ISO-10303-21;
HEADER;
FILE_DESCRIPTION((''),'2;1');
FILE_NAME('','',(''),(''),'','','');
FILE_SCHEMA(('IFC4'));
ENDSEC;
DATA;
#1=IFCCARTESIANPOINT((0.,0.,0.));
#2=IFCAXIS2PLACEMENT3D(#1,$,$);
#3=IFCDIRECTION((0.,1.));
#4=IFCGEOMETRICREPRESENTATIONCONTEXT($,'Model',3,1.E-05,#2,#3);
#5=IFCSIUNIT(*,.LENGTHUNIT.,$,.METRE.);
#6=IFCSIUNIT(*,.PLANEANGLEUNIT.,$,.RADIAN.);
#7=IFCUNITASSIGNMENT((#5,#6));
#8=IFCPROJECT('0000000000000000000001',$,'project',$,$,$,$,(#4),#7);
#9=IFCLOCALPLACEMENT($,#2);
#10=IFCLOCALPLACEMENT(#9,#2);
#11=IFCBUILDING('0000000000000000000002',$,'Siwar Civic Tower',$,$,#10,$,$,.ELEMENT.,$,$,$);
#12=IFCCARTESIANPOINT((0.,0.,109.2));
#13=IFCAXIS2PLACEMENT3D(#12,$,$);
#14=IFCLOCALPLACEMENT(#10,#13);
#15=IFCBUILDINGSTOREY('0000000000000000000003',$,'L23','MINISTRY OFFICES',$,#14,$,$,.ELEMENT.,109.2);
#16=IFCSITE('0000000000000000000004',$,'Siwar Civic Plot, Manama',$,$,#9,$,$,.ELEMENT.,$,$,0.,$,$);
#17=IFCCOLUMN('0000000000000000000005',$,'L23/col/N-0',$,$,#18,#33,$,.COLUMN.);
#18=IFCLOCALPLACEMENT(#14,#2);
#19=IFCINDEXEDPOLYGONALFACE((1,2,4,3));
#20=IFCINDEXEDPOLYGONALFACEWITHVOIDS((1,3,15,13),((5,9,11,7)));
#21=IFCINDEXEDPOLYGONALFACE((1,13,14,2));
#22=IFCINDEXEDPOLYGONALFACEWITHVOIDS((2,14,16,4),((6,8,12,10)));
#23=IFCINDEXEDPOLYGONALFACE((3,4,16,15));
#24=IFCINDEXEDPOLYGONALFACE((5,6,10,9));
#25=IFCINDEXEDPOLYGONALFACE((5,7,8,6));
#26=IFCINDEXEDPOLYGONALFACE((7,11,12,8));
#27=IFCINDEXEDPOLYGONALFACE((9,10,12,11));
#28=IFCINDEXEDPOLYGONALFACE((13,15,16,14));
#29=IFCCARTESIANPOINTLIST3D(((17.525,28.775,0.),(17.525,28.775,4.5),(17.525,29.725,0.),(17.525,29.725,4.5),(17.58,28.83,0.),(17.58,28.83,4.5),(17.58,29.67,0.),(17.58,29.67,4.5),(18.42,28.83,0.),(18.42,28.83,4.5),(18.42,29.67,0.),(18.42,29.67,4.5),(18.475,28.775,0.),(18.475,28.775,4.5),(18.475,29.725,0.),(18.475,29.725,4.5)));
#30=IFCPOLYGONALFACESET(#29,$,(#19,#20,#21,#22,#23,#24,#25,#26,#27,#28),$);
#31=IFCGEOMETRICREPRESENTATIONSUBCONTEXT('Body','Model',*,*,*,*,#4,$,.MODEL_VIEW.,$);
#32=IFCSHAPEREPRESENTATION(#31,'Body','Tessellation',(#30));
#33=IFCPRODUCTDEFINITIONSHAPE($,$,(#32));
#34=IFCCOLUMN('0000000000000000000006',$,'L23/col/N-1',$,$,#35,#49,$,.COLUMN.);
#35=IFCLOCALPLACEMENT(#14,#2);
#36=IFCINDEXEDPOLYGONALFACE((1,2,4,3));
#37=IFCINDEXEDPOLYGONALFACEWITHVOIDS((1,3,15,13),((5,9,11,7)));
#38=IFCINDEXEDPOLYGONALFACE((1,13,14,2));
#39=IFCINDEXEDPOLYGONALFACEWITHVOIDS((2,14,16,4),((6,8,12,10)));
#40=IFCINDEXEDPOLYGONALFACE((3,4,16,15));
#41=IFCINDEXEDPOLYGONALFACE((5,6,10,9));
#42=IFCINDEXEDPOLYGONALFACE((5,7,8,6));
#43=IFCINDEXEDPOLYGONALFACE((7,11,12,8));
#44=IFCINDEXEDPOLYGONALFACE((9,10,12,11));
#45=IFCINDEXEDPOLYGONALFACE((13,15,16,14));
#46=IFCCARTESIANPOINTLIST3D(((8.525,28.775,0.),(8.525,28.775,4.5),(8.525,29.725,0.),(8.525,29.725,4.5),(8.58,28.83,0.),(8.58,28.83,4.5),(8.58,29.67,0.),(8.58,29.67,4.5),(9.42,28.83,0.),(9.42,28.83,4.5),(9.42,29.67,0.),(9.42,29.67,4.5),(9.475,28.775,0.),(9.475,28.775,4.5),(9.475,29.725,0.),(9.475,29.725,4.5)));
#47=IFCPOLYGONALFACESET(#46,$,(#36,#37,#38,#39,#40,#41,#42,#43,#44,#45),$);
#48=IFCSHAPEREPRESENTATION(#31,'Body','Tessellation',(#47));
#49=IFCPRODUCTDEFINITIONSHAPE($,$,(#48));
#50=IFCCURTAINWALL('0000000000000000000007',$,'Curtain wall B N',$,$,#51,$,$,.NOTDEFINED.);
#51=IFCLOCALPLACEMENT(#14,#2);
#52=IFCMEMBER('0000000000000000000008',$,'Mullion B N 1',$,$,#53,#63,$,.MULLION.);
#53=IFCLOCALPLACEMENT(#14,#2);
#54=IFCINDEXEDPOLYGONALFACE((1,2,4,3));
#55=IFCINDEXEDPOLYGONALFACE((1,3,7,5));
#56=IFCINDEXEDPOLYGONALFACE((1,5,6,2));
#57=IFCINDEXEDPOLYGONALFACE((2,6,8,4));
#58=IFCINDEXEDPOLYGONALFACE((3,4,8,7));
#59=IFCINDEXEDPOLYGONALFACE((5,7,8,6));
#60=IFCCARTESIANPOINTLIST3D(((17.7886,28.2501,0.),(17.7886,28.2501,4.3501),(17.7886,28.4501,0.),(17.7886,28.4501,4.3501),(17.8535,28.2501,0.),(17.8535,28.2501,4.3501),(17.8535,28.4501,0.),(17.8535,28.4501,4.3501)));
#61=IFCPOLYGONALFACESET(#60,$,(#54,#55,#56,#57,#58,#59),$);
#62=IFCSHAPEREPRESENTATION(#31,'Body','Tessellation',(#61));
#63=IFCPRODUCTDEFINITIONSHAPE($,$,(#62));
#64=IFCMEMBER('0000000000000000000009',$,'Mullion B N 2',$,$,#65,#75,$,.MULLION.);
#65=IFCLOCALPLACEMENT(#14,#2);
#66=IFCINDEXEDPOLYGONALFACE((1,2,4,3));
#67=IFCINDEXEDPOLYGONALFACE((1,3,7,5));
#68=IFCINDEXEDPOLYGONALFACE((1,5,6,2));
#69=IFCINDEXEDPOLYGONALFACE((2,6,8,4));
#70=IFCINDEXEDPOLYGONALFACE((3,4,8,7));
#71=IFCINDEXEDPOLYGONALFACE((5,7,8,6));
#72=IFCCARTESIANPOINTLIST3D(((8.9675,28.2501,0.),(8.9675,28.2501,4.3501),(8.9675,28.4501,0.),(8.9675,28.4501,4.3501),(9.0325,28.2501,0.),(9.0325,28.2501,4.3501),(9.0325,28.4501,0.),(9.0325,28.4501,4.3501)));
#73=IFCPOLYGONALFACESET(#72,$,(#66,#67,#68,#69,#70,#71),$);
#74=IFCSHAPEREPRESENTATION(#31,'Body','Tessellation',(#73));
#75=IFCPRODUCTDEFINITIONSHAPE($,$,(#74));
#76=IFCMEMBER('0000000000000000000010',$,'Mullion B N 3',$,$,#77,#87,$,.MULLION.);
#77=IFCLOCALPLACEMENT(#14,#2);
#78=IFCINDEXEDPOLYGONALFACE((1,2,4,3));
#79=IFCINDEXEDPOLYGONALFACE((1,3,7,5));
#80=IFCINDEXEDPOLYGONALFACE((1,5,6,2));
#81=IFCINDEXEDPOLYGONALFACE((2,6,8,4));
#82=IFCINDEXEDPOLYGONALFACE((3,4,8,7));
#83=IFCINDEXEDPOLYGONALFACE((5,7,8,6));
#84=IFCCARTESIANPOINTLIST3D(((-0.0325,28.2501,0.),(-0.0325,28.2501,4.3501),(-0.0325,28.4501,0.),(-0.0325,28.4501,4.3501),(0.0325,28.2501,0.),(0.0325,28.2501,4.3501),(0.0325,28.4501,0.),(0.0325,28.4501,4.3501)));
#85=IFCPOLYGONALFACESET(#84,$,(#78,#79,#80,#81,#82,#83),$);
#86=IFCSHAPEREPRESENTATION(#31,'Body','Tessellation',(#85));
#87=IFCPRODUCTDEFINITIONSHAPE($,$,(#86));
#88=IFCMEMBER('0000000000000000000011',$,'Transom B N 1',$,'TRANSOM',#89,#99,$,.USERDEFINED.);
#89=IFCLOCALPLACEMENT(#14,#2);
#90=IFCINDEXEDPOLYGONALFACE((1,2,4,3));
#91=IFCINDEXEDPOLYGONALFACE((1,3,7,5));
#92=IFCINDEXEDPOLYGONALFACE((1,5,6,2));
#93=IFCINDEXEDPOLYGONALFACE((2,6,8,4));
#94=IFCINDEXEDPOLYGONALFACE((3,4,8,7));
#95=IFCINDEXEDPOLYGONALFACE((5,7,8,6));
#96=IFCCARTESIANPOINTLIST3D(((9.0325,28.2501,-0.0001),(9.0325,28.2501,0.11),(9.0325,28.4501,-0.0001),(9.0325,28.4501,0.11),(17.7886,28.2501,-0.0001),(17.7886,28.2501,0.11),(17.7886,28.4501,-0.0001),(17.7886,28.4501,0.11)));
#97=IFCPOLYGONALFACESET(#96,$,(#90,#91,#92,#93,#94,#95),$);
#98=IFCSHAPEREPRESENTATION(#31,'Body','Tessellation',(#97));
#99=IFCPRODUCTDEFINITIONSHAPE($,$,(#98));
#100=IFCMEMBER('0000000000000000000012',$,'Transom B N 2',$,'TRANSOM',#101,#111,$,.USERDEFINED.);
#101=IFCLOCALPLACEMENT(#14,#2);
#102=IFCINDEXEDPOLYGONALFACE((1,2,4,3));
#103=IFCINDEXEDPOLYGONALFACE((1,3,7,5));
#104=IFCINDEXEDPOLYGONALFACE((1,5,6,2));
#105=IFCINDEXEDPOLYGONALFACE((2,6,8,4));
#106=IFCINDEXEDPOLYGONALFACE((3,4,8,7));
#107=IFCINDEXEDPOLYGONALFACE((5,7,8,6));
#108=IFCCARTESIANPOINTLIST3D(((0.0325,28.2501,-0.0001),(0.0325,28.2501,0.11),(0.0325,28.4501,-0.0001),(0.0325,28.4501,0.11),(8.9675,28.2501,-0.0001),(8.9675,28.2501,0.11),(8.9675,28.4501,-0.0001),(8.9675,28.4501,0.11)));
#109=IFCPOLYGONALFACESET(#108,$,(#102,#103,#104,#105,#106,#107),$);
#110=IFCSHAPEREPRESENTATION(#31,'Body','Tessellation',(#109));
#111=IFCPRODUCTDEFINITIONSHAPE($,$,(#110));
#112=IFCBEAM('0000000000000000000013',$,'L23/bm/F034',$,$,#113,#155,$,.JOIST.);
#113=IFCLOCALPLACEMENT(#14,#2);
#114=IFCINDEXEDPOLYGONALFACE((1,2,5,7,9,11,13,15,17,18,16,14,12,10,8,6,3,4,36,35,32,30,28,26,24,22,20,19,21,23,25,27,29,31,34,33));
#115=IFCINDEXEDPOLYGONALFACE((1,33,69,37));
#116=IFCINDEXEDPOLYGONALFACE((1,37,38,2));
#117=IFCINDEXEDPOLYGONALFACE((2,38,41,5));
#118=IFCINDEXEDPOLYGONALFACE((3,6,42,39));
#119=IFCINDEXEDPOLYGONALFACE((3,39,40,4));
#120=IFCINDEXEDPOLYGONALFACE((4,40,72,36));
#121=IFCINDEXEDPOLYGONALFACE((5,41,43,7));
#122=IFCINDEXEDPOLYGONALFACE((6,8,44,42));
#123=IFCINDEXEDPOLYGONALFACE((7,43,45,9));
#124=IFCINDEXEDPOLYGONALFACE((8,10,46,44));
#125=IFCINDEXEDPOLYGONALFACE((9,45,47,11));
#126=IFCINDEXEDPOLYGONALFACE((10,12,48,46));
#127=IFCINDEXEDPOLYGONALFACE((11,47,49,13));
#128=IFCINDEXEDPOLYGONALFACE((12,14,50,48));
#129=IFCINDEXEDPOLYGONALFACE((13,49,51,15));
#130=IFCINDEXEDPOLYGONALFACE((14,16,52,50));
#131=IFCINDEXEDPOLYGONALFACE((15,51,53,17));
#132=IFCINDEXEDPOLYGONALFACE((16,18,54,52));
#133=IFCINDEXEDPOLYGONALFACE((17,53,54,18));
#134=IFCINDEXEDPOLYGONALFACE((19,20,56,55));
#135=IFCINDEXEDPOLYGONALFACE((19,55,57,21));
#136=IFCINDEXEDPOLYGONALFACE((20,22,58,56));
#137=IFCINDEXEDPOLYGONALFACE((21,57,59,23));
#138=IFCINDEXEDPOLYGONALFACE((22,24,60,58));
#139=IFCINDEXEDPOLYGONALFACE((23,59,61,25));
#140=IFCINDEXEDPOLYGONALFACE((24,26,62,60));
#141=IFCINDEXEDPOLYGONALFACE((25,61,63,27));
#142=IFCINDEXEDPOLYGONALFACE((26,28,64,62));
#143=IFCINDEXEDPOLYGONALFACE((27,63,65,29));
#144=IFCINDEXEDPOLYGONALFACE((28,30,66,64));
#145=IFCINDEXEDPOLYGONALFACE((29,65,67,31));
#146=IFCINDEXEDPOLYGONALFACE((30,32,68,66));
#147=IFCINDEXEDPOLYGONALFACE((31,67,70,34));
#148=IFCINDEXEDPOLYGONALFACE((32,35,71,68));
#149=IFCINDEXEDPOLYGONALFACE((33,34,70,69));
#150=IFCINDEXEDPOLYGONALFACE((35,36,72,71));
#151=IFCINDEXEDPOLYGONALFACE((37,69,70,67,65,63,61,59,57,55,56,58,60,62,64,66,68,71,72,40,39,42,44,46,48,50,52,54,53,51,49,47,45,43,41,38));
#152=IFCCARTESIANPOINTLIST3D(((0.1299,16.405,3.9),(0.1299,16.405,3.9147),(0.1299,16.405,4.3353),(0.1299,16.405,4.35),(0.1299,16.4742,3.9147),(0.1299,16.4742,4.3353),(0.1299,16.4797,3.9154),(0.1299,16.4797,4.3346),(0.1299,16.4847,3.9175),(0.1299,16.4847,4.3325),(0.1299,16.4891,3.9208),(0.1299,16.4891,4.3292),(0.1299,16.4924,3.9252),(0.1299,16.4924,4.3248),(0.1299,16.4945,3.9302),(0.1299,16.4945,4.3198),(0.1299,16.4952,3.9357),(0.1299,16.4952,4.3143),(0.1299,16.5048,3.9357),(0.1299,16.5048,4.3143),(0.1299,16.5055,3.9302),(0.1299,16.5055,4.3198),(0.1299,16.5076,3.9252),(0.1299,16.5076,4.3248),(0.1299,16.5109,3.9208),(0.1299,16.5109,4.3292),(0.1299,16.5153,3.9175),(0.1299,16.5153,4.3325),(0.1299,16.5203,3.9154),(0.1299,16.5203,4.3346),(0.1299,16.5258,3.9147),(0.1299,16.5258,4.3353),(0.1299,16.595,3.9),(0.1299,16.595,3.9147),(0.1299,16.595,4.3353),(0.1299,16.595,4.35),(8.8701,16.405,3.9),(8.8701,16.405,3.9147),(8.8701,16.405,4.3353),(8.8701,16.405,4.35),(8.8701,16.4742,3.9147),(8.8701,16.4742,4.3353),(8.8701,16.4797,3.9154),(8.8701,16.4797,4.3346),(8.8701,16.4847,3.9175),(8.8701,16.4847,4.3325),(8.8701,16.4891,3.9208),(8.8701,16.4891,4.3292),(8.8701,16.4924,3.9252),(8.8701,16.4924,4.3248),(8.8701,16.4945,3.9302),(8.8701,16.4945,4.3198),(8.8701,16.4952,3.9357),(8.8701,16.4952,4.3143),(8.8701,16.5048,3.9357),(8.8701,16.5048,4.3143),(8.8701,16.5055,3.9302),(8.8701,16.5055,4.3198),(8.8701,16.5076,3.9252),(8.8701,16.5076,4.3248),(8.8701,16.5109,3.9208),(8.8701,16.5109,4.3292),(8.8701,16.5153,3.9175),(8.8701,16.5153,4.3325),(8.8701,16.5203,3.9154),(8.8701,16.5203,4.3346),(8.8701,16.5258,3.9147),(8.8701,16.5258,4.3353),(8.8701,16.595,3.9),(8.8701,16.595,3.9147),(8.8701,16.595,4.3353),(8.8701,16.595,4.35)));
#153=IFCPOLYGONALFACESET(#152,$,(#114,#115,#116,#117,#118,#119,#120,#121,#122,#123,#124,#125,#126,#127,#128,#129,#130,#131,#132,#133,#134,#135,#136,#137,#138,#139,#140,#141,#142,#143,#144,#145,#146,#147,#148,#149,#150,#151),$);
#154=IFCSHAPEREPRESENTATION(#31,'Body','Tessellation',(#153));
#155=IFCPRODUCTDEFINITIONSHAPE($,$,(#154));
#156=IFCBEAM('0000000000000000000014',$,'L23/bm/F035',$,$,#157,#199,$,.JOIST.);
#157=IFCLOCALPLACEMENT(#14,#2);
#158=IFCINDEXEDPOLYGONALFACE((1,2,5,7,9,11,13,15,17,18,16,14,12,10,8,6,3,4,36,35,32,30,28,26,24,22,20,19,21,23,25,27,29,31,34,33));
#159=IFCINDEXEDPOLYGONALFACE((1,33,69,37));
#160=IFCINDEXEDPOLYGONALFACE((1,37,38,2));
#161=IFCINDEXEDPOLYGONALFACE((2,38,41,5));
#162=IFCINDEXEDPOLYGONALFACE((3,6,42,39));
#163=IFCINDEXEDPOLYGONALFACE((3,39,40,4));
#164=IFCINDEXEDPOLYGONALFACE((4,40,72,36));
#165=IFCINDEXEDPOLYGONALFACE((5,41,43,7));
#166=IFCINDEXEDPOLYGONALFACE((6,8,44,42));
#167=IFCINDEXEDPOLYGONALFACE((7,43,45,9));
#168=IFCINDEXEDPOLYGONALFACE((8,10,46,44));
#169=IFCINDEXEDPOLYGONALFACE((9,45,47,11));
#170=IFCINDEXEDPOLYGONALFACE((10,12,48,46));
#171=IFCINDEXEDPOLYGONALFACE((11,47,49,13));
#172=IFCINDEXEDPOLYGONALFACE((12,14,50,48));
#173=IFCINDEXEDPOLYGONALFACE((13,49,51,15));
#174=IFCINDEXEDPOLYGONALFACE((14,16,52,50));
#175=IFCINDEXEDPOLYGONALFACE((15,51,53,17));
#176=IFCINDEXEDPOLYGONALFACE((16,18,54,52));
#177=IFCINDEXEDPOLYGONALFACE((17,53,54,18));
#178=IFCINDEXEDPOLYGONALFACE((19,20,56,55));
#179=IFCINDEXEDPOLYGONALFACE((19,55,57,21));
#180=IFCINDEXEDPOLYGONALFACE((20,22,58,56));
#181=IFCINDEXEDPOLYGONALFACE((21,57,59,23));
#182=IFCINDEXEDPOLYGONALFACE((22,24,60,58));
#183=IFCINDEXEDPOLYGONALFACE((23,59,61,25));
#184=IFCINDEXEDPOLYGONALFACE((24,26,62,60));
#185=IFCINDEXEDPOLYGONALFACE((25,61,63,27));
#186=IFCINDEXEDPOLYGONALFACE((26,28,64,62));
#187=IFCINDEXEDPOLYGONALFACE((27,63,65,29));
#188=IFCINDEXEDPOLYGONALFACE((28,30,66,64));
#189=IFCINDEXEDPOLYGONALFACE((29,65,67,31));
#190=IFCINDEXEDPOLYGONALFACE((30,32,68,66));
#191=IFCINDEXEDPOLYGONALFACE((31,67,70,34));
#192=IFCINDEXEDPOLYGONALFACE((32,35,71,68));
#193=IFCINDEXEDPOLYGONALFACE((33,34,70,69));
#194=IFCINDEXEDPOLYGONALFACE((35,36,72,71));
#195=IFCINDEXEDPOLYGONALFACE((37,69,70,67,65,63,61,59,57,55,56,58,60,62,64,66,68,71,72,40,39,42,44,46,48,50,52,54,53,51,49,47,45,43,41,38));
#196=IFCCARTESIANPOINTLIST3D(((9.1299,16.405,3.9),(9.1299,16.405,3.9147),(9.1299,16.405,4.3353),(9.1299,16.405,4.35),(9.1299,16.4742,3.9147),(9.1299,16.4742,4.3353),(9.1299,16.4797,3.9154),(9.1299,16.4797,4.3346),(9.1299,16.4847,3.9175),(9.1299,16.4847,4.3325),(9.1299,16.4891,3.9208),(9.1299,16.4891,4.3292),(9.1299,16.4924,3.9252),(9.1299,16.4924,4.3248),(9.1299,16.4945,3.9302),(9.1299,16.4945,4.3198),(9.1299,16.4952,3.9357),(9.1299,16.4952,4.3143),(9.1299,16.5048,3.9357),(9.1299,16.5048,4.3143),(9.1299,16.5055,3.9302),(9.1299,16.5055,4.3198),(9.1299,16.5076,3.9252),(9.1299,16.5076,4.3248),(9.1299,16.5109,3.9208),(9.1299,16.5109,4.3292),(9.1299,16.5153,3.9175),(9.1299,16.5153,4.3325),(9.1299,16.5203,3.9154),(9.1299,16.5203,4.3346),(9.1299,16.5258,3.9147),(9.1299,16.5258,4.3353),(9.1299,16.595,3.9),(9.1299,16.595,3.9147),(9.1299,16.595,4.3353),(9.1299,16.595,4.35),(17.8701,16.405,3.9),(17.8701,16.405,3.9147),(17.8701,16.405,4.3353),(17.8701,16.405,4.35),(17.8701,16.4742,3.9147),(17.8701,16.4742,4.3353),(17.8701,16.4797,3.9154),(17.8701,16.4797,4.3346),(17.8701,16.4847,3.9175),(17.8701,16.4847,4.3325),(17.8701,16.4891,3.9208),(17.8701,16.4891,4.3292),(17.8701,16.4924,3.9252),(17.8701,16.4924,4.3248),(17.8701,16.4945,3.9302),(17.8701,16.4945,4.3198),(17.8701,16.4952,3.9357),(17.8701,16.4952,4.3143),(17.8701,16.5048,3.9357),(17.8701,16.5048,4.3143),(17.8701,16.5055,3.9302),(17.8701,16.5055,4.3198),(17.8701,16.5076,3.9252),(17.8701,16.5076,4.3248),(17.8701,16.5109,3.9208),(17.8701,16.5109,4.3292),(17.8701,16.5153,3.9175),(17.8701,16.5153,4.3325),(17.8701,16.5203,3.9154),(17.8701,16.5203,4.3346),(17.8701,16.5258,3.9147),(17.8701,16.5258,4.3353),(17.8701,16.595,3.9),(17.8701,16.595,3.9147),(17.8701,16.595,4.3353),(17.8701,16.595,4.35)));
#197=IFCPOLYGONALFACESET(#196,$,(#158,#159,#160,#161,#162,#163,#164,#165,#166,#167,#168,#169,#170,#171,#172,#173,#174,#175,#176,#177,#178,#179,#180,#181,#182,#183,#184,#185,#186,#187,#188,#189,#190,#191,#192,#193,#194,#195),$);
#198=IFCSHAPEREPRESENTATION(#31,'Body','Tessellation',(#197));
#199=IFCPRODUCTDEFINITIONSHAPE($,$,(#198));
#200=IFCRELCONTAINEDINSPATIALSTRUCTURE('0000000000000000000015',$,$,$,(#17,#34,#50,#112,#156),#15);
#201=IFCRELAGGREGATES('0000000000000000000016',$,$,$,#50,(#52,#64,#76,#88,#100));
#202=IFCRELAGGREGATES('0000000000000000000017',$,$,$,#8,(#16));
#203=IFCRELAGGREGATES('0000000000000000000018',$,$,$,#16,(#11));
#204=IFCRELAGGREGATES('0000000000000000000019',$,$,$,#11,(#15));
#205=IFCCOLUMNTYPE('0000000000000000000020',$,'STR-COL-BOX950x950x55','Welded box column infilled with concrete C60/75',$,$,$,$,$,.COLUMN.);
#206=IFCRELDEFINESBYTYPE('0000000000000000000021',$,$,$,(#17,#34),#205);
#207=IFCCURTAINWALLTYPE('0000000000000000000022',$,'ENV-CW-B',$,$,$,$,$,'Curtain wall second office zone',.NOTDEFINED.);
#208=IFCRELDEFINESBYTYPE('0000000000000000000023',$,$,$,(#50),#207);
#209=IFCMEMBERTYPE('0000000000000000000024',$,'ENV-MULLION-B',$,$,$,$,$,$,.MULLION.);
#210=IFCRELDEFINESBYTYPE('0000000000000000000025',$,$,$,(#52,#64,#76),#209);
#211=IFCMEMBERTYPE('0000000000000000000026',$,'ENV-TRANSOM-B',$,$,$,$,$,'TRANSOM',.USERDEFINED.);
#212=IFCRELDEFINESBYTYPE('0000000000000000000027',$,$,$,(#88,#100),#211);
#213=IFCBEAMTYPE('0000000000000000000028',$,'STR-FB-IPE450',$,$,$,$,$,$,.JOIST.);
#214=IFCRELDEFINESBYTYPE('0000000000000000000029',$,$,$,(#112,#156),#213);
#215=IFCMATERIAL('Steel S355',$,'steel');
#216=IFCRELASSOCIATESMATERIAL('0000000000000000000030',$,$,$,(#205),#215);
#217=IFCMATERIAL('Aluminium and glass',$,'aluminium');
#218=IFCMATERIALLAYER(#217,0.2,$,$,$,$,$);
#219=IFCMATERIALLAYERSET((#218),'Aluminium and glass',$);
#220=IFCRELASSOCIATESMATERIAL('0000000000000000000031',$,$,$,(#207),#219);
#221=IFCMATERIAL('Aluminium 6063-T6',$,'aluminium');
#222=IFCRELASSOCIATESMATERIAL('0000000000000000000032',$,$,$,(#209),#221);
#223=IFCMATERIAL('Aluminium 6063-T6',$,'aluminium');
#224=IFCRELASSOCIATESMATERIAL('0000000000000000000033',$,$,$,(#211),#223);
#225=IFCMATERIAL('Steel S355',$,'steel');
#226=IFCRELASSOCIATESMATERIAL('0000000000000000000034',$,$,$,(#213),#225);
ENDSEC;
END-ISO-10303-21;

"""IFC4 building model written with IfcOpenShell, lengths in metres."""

from ifc_helpers import new_model, si_unit, direction, frame, origin, origin_2d, place, context, subcontext, project, spatial, rectangle, hollow_rectangle, i_section, extrude, material, layer, layer_set, material_profile, profile_set, type_object, element, aggregate, save


model = new_model("IFC4")

# Units and contexts
model_context = context("Model", 3, precision=1e-05, world=origin(), true_north=direction((0.0, 1.0)))
body_context = subcontext(model_context, "Body", "Model", "MODEL_VIEW")
ifc_project = project(units=[si_unit("LENGTHUNIT", "METRE"), si_unit("PLANEANGLEUNIT", "RADIAN")], contexts=[model_context])

# Site, building, storey
site_placement = place(None, origin())
site = spatial("IfcSite", under=ifc_project, at=site_placement, Name="Siwar Civic Plot, Manama", CompositionType="ELEMENT", RefElevation=0.0)
building_placement = place(site_placement, origin())
building = spatial("IfcBuilding", under=site, at=building_placement, Name="Siwar Civic Tower", CompositionType="ELEMENT")
storey_placement = place(building_placement, frame((0.0, 0.0, 109.2)))
storey = spatial("IfcBuildingStorey", under=building, at=storey_placement, Name="L23", Description="MINISTRY OFFICES", CompositionType="ELEMENT", Elevation=109.2)

# Columns
ifc_material_1 = material(Name="Steel S355", Category="steel")
ifc_material_profile_1 = material_profile(ifc_material_1, hollow_rectangle(XDim=0.95, YDim=0.95, WallThickness=0.0549, at=origin_2d()), Name="BOX950x950x55")
ifc_profile_set_1 = profile_set([ifc_material_profile_1], Name="Steel S355")
column_type = type_object("IfcColumnType", Name="STR-COL-BOX950x950x55", Description="Welded box column infilled with concrete C60/75", PredefinedType="COLUMN", material=ifc_profile_set_1)
for number, where, z_axis, x_axis, name in (
    (1, (18.0, 29.25, 0.0), (0.0, 0.0, 1.0), (1.0, 0.0, 0.0), "L23/col/N-0"),
    (2, (9.0, 29.25, 0.0), (0.0, 0.0, 1.0), (1.0, 0.0, 0.0), "L23/col/N-1"),
):
    element("IfcColumn", number, at=place(storey_placement, frame(where, z_axis=z_axis, x_axis=x_axis)), inside=storey, type_object=column_type, Name=name, PredefinedType="COLUMN", context=body_context, shape_type="SweptSolid", body=[
        extrude(hollow_rectangle(XDim=0.95, YDim=0.95, WallThickness=0.0549, at=origin_2d()), origin(), (0.0, 0.0, 1.0), 4.5),
    ])

# Curtain wall, members
ifc_material_2 = material(Name="Aluminium and glass", Category="aluminium")
ifc_layer_1 = layer(ifc_material_2, 0.2)
ifc_layer_set_1 = layer_set([ifc_layer_1], Name="Aluminium and glass")
curtain_wall_type = type_object("IfcCurtainWallType", Name="ENV-CW-B", ElementType="Curtain wall second office zone", PredefinedType="NOTDEFINED", material=ifc_layer_set_1)
curtain_wall_placement = place(storey_placement, origin())
curtain_wall = element("IfcCurtainWall", 3, at=curtain_wall_placement, inside=storey, type_object=curtain_wall_type, Name="Curtain wall B N", PredefinedType="NOTDEFINED")
ifc_material_3 = material(Name="Aluminium 6063-T6", Category="aluminium")
ifc_material_profile_2 = material_profile(ifc_material_3, rectangle(XDim=0.2, YDim=0.0649, at=origin_2d()), Name="AL 200x65")
ifc_profile_set_2 = profile_set([ifc_material_profile_2], Name="Aluminium 6063-T6")
member_type_1 = type_object("IfcMemberType", Name="ENV-MULLION-B", PredefinedType="MULLION", material=ifc_profile_set_2)
member_1_placement = place(storey_placement, frame((17.821, 28.3501, 0.0), z_axis=(0.0, 0.0, 1.0), x_axis=(0.0, -1.0, 0.0)))
member_1 = element("IfcMember", 4, at=member_1_placement, type_object=member_type_1, Name="Mullion B N 1", PredefinedType="MULLION", context=body_context, shape_type="SweptSolid", body=[
    extrude(rectangle(XDim=0.2, YDim=0.0649, at=origin_2d()), origin(), (0.0, 0.0, 1.0), 4.3501),
])
member_2_placement = place(storey_placement, frame((9.0, 28.3501, 0.0), z_axis=(0.0, 0.0, 1.0), x_axis=(0.0, -1.0, 0.0)))
member_2 = element("IfcMember", 5, at=member_2_placement, type_object=member_type_1, Name="Mullion B N 2", PredefinedType="MULLION", context=body_context, shape_type="SweptSolid", body=[
    extrude(rectangle(XDim=0.2, YDim=0.0649, at=origin_2d()), origin(), (0.0, 0.0, 1.0), 4.3501),
])
member_3_placement = place(storey_placement, frame((0.0, 28.3501, 0.0), z_axis=(0.0, 0.0, 1.0), x_axis=(0.0, -1.0, 0.0)))
member_3 = element("IfcMember", 6, at=member_3_placement, type_object=member_type_1, Name="Mullion B N 3", PredefinedType="MULLION", context=body_context, shape_type="SweptSolid", body=[
    extrude(rectangle(XDim=0.2, YDim=0.0649, at=origin_2d()), origin(), (0.0, 0.0, 1.0), 4.3501),
])
ifc_material_4 = material(Name="Aluminium 6063-T6", Category="aluminium")
ifc_material_profile_3 = material_profile(ifc_material_4, rectangle(XDim=0.2, YDim=0.1101, at=origin_2d()), Name="AL 200x110")
ifc_profile_set_3 = profile_set([ifc_material_profile_3], Name="Aluminium 6063-T6")
member_type_2 = type_object("IfcMemberType", Name="ENV-TRANSOM-B", ElementType="TRANSOM", PredefinedType="USERDEFINED", material=ifc_profile_set_3)
member_4_placement = place(storey_placement, frame((17.7886, 28.3501, 0.0549), z_axis=(-1.0, 0.0, 0.0), x_axis=(0.0, -1.0, 0.0)))
member_4 = element("IfcMember", 7, at=member_4_placement, type_object=member_type_2, Name="Transom B N 1", ObjectType="TRANSOM", PredefinedType="USERDEFINED", context=body_context, shape_type="SweptSolid", body=[
    extrude(rectangle(XDim=0.2, YDim=0.1101, at=origin_2d()), origin(), (0.0, 0.0, 1.0), 8.7561),
])
member_5_placement = place(storey_placement, frame((8.9675, 28.3501, 0.0549), z_axis=(-1.0, 0.0, 0.0), x_axis=(0.0, -1.0, 0.0)))
member_5 = element("IfcMember", 8, at=member_5_placement, type_object=member_type_2, Name="Transom B N 2", ObjectType="TRANSOM", PredefinedType="USERDEFINED", context=body_context, shape_type="SweptSolid", body=[
    extrude(rectangle(XDim=0.2, YDim=0.1101, at=origin_2d()), origin(), (0.0, 0.0, 1.0), 8.9351),
])

# Beams
ifc_material_5 = material(Name="Steel S355", Category="steel")
ifc_material_profile_4 = material_profile(ifc_material_5, i_section(OverallWidth=0.1899, OverallDepth=0.45, WebThickness=0.0095, FlangeThickness=0.0146, FilletRadius=0.021, at=origin_2d()), Name="IPE450")
ifc_profile_set_4 = profile_set([ifc_material_profile_4], Name="Steel S355")
beam_type_1 = type_object("IfcBeamType", Name="STR-FB-IPE450", PredefinedType="JOIST", material=ifc_profile_set_4)
for number, where, z_axis, x_axis, name in (
    (9, (0.1299, 16.5, 4.125), (1.0, 0.0, 0.0), (0.0, 1.0, 0.0), "L23/bm/F034"),
    (10, (9.1299, 16.5, 4.125), (1.0, 0.0, 0.0), (0.0, 1.0, 0.0), "L23/bm/F035"),
):
    element("IfcBeam", number, at=place(storey_placement, frame(where, z_axis=z_axis, x_axis=x_axis)), inside=storey, type_object=beam_type_1, Name=name, PredefinedType="JOIST", context=body_context, shape_type="SweptSolid", body=[
        extrude(i_section(OverallWidth=0.1899, OverallDepth=0.45, WebThickness=0.0095, FlangeThickness=0.0146, FilletRadius=0.021, at=origin_2d()), origin(), (0.0, 0.0, 1.0), 8.7402),
    ])

aggregate(curtain_wall, [member_1, member_2, member_3, member_4, member_5])

save(model, "model.ifc")
